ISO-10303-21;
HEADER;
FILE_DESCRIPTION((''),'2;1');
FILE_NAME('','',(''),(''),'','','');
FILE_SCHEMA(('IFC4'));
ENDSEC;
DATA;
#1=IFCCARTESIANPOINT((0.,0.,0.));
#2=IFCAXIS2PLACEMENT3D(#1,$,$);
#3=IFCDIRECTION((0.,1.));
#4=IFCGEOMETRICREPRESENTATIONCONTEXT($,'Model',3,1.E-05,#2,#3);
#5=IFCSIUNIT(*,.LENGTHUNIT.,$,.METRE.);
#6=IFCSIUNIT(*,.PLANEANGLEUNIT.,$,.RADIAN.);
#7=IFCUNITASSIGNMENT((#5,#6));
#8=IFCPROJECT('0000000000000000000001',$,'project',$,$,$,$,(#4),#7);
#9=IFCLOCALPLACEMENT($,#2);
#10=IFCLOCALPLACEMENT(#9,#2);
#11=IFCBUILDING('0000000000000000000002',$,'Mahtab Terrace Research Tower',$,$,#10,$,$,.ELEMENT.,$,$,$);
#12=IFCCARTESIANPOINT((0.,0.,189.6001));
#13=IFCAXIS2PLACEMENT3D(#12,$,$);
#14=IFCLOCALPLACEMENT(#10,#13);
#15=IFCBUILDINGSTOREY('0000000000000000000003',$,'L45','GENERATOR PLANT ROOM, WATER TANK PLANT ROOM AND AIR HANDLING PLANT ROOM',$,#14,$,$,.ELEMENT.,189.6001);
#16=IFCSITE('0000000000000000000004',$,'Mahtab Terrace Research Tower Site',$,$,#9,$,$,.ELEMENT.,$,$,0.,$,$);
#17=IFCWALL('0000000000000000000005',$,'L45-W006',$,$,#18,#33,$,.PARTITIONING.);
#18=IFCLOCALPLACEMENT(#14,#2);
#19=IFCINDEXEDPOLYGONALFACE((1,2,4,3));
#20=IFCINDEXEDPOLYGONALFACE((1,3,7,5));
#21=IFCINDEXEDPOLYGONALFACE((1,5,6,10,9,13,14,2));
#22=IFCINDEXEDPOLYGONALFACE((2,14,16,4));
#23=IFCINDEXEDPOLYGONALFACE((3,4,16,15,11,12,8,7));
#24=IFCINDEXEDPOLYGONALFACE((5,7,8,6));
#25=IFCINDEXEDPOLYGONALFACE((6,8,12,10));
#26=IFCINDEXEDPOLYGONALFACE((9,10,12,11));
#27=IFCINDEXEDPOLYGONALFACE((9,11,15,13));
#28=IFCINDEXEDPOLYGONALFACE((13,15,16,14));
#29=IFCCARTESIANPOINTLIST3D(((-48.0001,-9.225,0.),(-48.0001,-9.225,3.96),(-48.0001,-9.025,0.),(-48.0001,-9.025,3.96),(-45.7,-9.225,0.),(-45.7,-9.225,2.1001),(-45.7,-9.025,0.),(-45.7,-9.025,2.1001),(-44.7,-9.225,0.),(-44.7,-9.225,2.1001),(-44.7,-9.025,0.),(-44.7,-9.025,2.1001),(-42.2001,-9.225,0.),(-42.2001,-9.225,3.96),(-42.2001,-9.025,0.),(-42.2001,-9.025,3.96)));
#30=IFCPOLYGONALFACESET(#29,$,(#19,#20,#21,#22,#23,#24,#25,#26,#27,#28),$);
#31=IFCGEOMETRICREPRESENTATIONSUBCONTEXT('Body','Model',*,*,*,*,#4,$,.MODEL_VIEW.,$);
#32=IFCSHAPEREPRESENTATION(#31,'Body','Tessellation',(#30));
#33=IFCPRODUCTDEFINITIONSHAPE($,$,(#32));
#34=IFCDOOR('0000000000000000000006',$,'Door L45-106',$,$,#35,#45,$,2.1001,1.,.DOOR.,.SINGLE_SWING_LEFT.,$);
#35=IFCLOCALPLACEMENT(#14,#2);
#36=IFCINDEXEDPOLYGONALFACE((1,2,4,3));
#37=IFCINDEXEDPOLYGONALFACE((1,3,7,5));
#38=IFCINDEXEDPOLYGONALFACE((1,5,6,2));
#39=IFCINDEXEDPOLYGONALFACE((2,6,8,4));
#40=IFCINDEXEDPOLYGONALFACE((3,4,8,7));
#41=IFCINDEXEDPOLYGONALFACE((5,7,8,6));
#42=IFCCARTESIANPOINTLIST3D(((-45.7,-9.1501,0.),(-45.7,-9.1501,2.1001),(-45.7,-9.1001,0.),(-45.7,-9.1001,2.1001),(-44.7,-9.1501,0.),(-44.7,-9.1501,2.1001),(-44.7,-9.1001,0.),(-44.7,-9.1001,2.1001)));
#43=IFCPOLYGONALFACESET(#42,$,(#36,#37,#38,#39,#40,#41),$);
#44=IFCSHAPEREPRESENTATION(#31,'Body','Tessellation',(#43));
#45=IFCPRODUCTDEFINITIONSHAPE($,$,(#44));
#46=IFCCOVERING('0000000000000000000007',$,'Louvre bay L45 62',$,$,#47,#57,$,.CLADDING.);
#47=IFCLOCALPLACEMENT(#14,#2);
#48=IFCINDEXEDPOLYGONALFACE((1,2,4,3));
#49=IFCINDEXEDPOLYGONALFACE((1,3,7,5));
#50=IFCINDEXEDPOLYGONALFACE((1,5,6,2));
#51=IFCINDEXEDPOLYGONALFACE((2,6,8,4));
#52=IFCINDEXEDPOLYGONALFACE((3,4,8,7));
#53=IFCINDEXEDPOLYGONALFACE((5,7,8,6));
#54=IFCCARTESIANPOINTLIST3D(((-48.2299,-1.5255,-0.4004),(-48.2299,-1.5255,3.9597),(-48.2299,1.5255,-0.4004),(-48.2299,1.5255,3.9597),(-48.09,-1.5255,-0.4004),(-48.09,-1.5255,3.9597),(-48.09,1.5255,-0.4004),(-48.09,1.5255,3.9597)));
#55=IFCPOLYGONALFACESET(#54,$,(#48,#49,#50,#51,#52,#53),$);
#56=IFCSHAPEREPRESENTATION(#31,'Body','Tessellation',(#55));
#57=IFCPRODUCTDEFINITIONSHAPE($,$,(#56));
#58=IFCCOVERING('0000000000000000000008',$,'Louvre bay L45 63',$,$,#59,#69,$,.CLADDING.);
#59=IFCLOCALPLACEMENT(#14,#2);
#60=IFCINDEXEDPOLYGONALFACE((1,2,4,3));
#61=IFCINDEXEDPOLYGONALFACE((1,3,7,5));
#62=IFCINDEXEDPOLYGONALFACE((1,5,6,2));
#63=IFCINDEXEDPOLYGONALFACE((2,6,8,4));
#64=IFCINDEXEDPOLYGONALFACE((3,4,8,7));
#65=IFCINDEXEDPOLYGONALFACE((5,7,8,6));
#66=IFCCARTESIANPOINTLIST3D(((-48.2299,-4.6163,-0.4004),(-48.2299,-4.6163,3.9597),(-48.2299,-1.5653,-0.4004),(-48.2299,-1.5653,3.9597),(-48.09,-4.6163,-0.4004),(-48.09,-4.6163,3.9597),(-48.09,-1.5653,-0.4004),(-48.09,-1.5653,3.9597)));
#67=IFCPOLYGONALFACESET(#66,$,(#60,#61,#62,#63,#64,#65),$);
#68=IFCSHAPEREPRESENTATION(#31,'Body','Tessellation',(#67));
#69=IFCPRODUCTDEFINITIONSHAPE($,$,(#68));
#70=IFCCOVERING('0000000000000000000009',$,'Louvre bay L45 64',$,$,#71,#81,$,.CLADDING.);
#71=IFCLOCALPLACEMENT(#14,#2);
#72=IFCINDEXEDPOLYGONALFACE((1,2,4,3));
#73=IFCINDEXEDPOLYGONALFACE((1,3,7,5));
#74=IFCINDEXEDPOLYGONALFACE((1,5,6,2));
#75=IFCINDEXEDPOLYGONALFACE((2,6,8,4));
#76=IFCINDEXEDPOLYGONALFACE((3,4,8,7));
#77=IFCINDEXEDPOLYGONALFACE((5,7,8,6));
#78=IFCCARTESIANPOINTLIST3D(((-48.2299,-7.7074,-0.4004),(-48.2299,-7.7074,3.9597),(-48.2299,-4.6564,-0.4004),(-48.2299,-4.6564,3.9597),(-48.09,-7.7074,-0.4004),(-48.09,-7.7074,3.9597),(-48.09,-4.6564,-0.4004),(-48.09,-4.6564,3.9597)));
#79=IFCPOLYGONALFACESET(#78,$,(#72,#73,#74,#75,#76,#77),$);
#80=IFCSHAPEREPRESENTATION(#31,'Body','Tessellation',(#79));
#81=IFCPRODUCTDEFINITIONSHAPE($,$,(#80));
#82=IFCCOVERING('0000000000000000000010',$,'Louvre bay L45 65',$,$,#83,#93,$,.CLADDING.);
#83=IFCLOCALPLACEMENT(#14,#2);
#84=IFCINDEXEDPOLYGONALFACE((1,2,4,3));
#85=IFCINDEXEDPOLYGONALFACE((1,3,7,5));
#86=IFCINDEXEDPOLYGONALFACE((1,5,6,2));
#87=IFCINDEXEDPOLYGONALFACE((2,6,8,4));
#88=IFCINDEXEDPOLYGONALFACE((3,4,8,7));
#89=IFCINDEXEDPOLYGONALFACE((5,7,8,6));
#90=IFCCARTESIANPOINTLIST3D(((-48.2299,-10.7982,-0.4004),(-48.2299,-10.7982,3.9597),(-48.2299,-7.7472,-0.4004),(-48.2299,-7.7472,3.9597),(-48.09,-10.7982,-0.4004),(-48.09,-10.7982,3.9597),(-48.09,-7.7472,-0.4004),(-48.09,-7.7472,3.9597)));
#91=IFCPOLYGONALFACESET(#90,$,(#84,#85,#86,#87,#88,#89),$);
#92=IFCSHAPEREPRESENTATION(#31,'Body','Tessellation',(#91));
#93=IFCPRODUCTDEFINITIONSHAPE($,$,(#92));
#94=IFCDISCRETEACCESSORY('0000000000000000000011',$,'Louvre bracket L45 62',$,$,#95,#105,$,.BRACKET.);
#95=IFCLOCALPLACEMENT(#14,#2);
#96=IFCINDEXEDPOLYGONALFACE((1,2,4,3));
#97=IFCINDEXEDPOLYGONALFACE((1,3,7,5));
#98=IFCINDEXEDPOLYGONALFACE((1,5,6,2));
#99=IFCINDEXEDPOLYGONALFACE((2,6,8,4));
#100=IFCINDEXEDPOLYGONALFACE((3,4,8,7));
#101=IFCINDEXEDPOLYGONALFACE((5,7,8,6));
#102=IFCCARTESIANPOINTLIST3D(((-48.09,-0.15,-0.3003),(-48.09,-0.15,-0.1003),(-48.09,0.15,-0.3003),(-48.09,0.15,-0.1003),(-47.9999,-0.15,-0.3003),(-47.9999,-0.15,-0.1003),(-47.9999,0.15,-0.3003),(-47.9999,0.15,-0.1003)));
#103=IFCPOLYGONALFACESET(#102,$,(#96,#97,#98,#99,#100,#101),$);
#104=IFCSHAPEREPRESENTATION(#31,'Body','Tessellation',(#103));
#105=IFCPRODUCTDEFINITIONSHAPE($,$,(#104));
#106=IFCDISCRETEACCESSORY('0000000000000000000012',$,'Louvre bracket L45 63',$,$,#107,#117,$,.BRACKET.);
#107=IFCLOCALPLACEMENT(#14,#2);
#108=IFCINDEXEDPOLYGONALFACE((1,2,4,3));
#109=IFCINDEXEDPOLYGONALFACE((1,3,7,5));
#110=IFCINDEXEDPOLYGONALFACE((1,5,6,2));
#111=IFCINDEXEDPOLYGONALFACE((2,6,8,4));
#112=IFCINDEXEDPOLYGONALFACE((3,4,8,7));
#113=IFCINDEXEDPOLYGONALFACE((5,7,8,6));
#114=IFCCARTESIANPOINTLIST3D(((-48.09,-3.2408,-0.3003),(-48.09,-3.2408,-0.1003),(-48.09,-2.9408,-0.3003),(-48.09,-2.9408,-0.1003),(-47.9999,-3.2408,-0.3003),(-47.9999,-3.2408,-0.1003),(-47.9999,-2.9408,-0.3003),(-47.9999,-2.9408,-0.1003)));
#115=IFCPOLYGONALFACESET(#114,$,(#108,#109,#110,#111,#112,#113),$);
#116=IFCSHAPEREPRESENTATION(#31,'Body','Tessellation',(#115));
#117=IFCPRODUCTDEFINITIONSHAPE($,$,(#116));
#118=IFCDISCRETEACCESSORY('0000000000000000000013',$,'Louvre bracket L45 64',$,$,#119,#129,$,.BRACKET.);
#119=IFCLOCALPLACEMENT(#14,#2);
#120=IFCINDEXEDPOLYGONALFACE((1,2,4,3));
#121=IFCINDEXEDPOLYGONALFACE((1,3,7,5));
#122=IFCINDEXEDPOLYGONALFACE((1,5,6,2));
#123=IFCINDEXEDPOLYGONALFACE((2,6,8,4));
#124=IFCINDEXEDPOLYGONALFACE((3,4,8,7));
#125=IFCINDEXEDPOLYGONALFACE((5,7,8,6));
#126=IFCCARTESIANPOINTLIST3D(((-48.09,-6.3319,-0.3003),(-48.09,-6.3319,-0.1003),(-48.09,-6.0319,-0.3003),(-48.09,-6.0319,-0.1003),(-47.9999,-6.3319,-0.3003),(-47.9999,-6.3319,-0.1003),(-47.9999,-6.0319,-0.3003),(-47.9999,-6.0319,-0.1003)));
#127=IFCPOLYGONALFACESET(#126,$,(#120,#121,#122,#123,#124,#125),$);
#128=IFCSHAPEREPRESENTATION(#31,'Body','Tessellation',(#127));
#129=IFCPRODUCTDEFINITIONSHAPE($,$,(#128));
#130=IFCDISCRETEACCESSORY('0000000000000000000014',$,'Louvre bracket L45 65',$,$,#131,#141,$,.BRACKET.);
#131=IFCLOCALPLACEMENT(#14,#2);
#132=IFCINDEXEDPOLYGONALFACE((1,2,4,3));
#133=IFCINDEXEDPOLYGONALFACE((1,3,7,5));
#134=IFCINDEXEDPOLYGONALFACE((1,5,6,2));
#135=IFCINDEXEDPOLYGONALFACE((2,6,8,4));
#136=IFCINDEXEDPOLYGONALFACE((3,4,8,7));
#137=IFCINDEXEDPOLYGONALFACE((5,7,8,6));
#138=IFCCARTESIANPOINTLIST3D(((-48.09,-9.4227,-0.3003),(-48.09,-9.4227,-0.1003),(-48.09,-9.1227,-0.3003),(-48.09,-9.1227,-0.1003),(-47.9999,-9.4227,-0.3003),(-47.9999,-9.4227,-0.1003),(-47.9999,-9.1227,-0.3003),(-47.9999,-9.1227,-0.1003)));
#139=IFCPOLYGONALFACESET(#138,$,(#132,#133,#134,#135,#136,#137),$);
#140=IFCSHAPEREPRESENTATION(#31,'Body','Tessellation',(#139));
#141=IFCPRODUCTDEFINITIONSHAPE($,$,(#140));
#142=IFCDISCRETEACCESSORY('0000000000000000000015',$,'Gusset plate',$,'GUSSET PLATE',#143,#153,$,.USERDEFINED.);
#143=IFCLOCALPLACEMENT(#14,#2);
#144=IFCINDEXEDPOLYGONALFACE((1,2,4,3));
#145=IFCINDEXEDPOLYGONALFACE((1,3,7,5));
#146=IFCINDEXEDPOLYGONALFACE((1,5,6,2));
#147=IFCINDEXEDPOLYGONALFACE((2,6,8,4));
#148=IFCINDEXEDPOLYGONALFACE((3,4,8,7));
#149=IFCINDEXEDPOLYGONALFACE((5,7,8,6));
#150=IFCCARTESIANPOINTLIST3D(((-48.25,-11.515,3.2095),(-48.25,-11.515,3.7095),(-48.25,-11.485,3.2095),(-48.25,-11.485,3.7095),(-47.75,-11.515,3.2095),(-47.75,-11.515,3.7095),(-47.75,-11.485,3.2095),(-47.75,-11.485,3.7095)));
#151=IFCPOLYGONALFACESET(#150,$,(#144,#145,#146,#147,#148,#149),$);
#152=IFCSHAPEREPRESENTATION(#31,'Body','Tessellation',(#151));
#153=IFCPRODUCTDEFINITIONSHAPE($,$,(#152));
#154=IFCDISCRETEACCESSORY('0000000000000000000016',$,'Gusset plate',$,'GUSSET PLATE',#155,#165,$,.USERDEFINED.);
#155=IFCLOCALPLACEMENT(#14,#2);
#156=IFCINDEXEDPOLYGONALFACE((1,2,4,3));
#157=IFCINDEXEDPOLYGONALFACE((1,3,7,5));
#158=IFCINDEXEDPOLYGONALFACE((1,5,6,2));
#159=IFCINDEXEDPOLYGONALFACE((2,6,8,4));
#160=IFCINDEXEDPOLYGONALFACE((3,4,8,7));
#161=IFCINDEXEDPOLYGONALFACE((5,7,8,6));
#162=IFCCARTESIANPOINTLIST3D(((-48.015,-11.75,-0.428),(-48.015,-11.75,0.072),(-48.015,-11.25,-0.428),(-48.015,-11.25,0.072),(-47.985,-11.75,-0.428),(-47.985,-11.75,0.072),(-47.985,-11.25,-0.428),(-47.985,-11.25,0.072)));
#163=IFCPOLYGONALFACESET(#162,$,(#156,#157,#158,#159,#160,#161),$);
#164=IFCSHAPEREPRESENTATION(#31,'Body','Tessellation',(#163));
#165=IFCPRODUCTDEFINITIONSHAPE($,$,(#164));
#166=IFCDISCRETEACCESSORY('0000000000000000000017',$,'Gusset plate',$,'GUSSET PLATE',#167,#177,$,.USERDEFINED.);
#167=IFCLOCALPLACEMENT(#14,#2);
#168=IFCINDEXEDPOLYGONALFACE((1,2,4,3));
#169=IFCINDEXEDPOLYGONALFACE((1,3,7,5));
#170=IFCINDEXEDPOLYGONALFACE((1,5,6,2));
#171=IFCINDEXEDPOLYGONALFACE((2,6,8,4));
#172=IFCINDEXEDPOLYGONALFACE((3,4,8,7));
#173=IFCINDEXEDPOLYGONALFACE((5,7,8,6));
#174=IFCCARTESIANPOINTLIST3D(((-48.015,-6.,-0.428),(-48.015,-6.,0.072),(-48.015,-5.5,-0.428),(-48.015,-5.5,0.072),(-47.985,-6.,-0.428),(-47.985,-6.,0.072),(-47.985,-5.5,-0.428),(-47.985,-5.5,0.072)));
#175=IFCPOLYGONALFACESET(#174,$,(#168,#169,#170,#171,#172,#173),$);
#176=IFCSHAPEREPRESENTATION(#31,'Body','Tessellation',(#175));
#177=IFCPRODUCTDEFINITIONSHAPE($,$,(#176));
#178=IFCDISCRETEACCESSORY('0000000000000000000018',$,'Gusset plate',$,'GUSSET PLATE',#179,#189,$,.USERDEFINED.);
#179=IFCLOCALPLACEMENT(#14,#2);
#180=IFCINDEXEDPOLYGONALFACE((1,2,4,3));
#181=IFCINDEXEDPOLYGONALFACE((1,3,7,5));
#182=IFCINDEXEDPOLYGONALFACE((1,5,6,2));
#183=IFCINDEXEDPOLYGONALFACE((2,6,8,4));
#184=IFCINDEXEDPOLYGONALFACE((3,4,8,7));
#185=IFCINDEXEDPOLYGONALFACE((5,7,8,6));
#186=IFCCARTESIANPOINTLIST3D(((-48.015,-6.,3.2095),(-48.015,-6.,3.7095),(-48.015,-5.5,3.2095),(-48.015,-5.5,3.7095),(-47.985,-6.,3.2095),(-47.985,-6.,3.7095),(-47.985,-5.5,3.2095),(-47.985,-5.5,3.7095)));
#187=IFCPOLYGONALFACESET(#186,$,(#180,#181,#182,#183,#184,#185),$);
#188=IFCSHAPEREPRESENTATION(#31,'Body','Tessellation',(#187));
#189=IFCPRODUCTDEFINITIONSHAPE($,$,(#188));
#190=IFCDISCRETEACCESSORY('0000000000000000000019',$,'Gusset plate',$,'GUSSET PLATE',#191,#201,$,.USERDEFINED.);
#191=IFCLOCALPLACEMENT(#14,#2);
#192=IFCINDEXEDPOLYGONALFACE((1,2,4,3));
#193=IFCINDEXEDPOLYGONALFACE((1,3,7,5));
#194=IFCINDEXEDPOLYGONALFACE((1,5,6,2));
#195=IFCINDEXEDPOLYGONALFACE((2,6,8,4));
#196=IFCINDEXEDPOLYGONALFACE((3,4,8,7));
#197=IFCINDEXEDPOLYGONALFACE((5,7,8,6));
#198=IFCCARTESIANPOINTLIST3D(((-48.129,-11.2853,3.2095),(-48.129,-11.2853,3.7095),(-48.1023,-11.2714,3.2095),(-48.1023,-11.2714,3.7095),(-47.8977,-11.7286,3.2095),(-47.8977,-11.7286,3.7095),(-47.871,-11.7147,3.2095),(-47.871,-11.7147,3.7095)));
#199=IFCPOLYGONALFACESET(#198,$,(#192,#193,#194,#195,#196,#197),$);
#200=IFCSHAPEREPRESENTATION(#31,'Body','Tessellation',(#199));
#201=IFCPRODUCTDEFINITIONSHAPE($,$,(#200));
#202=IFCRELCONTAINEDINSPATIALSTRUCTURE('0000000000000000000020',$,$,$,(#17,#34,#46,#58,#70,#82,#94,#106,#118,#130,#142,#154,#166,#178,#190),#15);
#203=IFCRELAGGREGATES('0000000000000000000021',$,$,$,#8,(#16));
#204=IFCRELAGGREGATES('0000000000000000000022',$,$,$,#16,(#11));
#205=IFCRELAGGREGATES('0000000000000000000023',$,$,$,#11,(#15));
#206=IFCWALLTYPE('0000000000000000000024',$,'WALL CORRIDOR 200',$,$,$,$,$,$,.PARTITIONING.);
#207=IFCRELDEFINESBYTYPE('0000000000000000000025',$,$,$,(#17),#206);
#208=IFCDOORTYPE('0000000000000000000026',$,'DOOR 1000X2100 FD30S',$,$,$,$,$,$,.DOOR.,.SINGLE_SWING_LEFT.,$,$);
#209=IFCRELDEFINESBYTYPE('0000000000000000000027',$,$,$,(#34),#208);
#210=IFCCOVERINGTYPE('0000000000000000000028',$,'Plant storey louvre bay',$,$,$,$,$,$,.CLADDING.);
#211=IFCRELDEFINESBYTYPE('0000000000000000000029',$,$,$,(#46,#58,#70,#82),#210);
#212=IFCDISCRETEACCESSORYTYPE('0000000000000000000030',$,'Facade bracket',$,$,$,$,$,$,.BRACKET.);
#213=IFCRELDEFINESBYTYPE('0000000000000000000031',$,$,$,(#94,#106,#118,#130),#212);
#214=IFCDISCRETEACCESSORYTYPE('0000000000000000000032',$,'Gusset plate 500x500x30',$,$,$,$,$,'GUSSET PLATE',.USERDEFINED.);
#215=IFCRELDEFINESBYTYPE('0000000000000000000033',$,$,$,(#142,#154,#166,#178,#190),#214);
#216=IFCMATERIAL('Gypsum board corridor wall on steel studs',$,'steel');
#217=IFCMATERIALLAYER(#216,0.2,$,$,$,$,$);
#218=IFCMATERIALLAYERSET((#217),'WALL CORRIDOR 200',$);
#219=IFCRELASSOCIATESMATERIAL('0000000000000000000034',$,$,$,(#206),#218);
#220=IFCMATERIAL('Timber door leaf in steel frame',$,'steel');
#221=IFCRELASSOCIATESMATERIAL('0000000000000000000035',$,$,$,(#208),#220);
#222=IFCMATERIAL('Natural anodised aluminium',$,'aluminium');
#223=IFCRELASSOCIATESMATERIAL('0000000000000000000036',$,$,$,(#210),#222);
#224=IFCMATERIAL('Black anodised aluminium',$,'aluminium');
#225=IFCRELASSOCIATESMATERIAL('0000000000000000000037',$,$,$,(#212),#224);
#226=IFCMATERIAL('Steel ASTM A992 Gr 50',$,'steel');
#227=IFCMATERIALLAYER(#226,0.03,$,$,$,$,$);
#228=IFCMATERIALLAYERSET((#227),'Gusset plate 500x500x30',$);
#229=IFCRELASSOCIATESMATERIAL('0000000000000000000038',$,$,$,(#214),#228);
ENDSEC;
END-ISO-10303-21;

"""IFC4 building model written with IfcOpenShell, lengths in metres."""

from ifc_helpers import new_model, si_unit, direction, frame, frame_2d, origin, origin_2d, place, context, subcontext, project, spatial, rectangle, extrude, material, layer, layer_set, type_object, element, fill, save


model = new_model("IFC4")

# Units and contexts
model_context = context("Model", 3, precision=1e-05, world=origin(), true_north=direction((0.0, 1.0)))
body_context = subcontext(model_context, "Body", "Model", "MODEL_VIEW")
ifc_project = project(units=[si_unit("LENGTHUNIT", "METRE"), si_unit("PLANEANGLEUNIT", "RADIAN")], contexts=[model_context])

# Site, building, storey
site_placement = place(None, origin())
site = spatial("IfcSite", under=ifc_project, at=site_placement, Name="Mahtab Terrace Research Tower Site", CompositionType="ELEMENT", RefElevation=0.0)
building_placement = place(site_placement, origin())
building = spatial("IfcBuilding", under=site, at=building_placement, Name="Mahtab Terrace Research Tower", CompositionType="ELEMENT")
storey_placement = place(building_placement, frame((0.0, 0.0, 189.6001)))
storey = spatial("IfcBuildingStorey", under=building, at=storey_placement, Name="L45", Description="GENERATOR PLANT ROOM, WATER TANK PLANT ROOM AND AIR HANDLING PLANT ROOM", CompositionType="ELEMENT", Elevation=189.6001)

# Shared definitions
ifc_material_1 = material(Name="Steel ASTM A992 Gr 50", Category="steel")

# Wall, opening, door
ifc_material_2 = material(Name="Gypsum board corridor wall on steel studs", Category="steel")
ifc_layer_1 = layer(ifc_material_2, 0.2)
ifc_layer_set_1 = layer_set([ifc_layer_1], Name="WALL CORRIDOR 200")
wall_type = type_object("IfcWallType", Name="WALL CORRIDOR 200", PredefinedType="PARTITIONING", material=ifc_layer_set_1)
wall_placement = place(storey_placement, frame((-48.0, -9.125, 0.0), z_axis=(0.0, 0.0, 1.0), x_axis=(1.0, 0.0, 0.0)))
wall = element("IfcWall", 1, at=wall_placement, inside=storey, type_object=wall_type, Name="L45-W006", PredefinedType="PARTITIONING", context=body_context, shape_type="SweptSolid", body=[
    extrude(rectangle(XDim=5.8, YDim=0.2, at=frame_2d((2.8999, 0.0))), origin(), (0.0, 0.0, 1.0), 3.96),
])
opening_placement = place(wall_placement, frame((2.3, 0.0, 0.0)))
opening = element("IfcOpeningElement", 2, at=opening_placement, cuts=wall, PredefinedType="OPENING", context=body_context, shape_type="SweptSolid", body=[
    extrude(rectangle(XDim=1.0, YDim=2.1001, at=frame_2d((0.5, 1.05))), frame((0.0, 0.1099, 0.0), z_axis=(0.0, -1.0, 0.0), x_axis=(1.0, 0.0, 0.0)), (0.0, 0.0, 1.0), 0.22),
])
ifc_material_3 = material(Name="Timber door leaf in steel frame", Category="steel")
door_type = type_object("IfcDoorType", Name="DOOR 1000X2100 FD30S", OperationType="SINGLE_SWING_LEFT", PredefinedType="DOOR", material=ifc_material_3)
door_placement = place(opening_placement, origin())
door = element("IfcDoor", 3, at=door_placement, inside=storey, type_object=door_type, Name="Door L45-106", OperationType="SINGLE_SWING_LEFT", OverallHeight=2.1001, OverallWidth=1.0, PredefinedType="DOOR", context=body_context, shape_type="SweptSolid", body=[
    extrude(rectangle(XDim=1.0, YDim=2.1001, at=frame_2d((0.5, 1.05))), frame((0.0, 0.0249, 0.0), z_axis=(0.0, -1.0, 0.0), x_axis=(1.0, 0.0, 0.0)), (0.0, 0.0, 1.0), 0.05),
])
fill(opening, door)

# Coverings
ifc_material_4 = material(Name="Natural anodised aluminium", Category="aluminium")
covering_type = type_object("IfcCoveringType", Name="Plant storey louvre bay", PredefinedType="CLADDING", material=ifc_material_4)
for number, where, z_axis, x_axis, name in (
    (4, (-48.1599, 0.0, -0.4004), (0.0, 0.0, 1.0), (0.0, -1.0, 0.0), "Louvre bay L45 62"),
    (5, (-48.1599, -3.0908, -0.4004), (0.0, 0.0, 1.0), (0.0, -1.0, 0.0), "Louvre bay L45 63"),
    (6, (-48.1599, -6.1819, -0.4004), (0.0, 0.0, 1.0), (0.0, -1.0, 0.0), "Louvre bay L45 64"),
    (7, (-48.1599, -9.2727, -0.4004), (0.0, 0.0, 1.0), (0.0, -1.0, 0.0), "Louvre bay L45 65"),
):
    element("IfcCovering", number, at=place(storey_placement, frame(where, z_axis=z_axis, x_axis=x_axis)), inside=storey, type_object=covering_type, Name=name, PredefinedType="CLADDING", context=body_context, shape_type="SweptSolid", body=[
        extrude(rectangle(XDim=3.051, YDim=0.1399, at=origin_2d()), origin(), (0.0, 0.0, 1.0), 4.3601),
    ])

# Discrete accessories
ifc_material_5 = material(Name="Black anodised aluminium", Category="aluminium")
discrete_accessory_type_1 = type_object("IfcDiscreteAccessoryType", Name="Facade bracket", PredefinedType="BRACKET", material=ifc_material_5)
for number, where, z_axis, x_axis, name in (
    (8, (-48.0449, 0.0, -0.3003), (0.0, 0.0, 1.0), (0.0, -1.0, 0.0), "Louvre bracket L45 62"),
    (9, (-48.0449, -3.0908, -0.3003), (0.0, 0.0, 1.0), (0.0, -1.0, 0.0), "Louvre bracket L45 63"),
    (10, (-48.0449, -6.1819, -0.3003), (0.0, 0.0, 1.0), (0.0, -1.0, 0.0), "Louvre bracket L45 64"),
    (11, (-48.0449, -9.2727, -0.3003), (0.0, 0.0, 1.0), (0.0, -1.0, 0.0), "Louvre bracket L45 65"),
):
    element("IfcDiscreteAccessory", number, at=place(storey_placement, frame(where, z_axis=z_axis, x_axis=x_axis)), inside=storey, type_object=discrete_accessory_type_1, Name=name, PredefinedType="BRACKET", context=body_context, shape_type="SweptSolid", body=[
        extrude(rectangle(XDim=0.3, YDim=0.0901, at=origin_2d()), origin(), (0.0, 0.0, 1.0), 0.2),
    ])
ifc_layer_2 = layer(ifc_material_1, 0.03)
ifc_layer_set_2 = layer_set([ifc_layer_2], Name="Gusset plate 500x500x30")
discrete_accessory_type_2 = type_object("IfcDiscreteAccessoryType", Name="Gusset plate 500x500x30", ElementType="GUSSET PLATE", PredefinedType="USERDEFINED", material=ifc_layer_set_2)
for number, where, z_axis, x_axis, name in (
    (12, (-48.0, -11.5, 3.2095), (0.0, 0.0, 1.0), (1.0, 0.0, 0.0), "Gusset plate"),
    (13, (-48.0, -11.5, -0.428), (0.0, 0.0, 1.0), (0.0, 1.0, 0.0), "Gusset plate"),
    (14, (-48.0, -5.75, -0.428), (0.0, 0.0, 1.0), (0.0, 1.0, 0.0), "Gusset plate"),
    (15, (-48.0, -5.75, 3.2095), (0.0, 0.0, 1.0), (0.0, 1.0, 0.0), "Gusset plate"),
    (16, (-48.0, -11.5, 3.2095), (0.0, 0.0, 1.0), (-0.4626, 0.886567, 0.0), "Gusset plate"),
):
    element("IfcDiscreteAccessory", number, at=place(storey_placement, frame(where, z_axis=z_axis, x_axis=x_axis)), inside=storey, type_object=discrete_accessory_type_2, Name=name, ObjectType="GUSSET PLATE", PredefinedType="USERDEFINED", context=body_context, shape_type="SweptSolid", body=[
        extrude(rectangle(XDim=0.5, YDim=0.03, at=origin_2d()), origin(), (0.0, 0.0, 1.0), 0.5),
    ])

save(model, "model.ifc")
